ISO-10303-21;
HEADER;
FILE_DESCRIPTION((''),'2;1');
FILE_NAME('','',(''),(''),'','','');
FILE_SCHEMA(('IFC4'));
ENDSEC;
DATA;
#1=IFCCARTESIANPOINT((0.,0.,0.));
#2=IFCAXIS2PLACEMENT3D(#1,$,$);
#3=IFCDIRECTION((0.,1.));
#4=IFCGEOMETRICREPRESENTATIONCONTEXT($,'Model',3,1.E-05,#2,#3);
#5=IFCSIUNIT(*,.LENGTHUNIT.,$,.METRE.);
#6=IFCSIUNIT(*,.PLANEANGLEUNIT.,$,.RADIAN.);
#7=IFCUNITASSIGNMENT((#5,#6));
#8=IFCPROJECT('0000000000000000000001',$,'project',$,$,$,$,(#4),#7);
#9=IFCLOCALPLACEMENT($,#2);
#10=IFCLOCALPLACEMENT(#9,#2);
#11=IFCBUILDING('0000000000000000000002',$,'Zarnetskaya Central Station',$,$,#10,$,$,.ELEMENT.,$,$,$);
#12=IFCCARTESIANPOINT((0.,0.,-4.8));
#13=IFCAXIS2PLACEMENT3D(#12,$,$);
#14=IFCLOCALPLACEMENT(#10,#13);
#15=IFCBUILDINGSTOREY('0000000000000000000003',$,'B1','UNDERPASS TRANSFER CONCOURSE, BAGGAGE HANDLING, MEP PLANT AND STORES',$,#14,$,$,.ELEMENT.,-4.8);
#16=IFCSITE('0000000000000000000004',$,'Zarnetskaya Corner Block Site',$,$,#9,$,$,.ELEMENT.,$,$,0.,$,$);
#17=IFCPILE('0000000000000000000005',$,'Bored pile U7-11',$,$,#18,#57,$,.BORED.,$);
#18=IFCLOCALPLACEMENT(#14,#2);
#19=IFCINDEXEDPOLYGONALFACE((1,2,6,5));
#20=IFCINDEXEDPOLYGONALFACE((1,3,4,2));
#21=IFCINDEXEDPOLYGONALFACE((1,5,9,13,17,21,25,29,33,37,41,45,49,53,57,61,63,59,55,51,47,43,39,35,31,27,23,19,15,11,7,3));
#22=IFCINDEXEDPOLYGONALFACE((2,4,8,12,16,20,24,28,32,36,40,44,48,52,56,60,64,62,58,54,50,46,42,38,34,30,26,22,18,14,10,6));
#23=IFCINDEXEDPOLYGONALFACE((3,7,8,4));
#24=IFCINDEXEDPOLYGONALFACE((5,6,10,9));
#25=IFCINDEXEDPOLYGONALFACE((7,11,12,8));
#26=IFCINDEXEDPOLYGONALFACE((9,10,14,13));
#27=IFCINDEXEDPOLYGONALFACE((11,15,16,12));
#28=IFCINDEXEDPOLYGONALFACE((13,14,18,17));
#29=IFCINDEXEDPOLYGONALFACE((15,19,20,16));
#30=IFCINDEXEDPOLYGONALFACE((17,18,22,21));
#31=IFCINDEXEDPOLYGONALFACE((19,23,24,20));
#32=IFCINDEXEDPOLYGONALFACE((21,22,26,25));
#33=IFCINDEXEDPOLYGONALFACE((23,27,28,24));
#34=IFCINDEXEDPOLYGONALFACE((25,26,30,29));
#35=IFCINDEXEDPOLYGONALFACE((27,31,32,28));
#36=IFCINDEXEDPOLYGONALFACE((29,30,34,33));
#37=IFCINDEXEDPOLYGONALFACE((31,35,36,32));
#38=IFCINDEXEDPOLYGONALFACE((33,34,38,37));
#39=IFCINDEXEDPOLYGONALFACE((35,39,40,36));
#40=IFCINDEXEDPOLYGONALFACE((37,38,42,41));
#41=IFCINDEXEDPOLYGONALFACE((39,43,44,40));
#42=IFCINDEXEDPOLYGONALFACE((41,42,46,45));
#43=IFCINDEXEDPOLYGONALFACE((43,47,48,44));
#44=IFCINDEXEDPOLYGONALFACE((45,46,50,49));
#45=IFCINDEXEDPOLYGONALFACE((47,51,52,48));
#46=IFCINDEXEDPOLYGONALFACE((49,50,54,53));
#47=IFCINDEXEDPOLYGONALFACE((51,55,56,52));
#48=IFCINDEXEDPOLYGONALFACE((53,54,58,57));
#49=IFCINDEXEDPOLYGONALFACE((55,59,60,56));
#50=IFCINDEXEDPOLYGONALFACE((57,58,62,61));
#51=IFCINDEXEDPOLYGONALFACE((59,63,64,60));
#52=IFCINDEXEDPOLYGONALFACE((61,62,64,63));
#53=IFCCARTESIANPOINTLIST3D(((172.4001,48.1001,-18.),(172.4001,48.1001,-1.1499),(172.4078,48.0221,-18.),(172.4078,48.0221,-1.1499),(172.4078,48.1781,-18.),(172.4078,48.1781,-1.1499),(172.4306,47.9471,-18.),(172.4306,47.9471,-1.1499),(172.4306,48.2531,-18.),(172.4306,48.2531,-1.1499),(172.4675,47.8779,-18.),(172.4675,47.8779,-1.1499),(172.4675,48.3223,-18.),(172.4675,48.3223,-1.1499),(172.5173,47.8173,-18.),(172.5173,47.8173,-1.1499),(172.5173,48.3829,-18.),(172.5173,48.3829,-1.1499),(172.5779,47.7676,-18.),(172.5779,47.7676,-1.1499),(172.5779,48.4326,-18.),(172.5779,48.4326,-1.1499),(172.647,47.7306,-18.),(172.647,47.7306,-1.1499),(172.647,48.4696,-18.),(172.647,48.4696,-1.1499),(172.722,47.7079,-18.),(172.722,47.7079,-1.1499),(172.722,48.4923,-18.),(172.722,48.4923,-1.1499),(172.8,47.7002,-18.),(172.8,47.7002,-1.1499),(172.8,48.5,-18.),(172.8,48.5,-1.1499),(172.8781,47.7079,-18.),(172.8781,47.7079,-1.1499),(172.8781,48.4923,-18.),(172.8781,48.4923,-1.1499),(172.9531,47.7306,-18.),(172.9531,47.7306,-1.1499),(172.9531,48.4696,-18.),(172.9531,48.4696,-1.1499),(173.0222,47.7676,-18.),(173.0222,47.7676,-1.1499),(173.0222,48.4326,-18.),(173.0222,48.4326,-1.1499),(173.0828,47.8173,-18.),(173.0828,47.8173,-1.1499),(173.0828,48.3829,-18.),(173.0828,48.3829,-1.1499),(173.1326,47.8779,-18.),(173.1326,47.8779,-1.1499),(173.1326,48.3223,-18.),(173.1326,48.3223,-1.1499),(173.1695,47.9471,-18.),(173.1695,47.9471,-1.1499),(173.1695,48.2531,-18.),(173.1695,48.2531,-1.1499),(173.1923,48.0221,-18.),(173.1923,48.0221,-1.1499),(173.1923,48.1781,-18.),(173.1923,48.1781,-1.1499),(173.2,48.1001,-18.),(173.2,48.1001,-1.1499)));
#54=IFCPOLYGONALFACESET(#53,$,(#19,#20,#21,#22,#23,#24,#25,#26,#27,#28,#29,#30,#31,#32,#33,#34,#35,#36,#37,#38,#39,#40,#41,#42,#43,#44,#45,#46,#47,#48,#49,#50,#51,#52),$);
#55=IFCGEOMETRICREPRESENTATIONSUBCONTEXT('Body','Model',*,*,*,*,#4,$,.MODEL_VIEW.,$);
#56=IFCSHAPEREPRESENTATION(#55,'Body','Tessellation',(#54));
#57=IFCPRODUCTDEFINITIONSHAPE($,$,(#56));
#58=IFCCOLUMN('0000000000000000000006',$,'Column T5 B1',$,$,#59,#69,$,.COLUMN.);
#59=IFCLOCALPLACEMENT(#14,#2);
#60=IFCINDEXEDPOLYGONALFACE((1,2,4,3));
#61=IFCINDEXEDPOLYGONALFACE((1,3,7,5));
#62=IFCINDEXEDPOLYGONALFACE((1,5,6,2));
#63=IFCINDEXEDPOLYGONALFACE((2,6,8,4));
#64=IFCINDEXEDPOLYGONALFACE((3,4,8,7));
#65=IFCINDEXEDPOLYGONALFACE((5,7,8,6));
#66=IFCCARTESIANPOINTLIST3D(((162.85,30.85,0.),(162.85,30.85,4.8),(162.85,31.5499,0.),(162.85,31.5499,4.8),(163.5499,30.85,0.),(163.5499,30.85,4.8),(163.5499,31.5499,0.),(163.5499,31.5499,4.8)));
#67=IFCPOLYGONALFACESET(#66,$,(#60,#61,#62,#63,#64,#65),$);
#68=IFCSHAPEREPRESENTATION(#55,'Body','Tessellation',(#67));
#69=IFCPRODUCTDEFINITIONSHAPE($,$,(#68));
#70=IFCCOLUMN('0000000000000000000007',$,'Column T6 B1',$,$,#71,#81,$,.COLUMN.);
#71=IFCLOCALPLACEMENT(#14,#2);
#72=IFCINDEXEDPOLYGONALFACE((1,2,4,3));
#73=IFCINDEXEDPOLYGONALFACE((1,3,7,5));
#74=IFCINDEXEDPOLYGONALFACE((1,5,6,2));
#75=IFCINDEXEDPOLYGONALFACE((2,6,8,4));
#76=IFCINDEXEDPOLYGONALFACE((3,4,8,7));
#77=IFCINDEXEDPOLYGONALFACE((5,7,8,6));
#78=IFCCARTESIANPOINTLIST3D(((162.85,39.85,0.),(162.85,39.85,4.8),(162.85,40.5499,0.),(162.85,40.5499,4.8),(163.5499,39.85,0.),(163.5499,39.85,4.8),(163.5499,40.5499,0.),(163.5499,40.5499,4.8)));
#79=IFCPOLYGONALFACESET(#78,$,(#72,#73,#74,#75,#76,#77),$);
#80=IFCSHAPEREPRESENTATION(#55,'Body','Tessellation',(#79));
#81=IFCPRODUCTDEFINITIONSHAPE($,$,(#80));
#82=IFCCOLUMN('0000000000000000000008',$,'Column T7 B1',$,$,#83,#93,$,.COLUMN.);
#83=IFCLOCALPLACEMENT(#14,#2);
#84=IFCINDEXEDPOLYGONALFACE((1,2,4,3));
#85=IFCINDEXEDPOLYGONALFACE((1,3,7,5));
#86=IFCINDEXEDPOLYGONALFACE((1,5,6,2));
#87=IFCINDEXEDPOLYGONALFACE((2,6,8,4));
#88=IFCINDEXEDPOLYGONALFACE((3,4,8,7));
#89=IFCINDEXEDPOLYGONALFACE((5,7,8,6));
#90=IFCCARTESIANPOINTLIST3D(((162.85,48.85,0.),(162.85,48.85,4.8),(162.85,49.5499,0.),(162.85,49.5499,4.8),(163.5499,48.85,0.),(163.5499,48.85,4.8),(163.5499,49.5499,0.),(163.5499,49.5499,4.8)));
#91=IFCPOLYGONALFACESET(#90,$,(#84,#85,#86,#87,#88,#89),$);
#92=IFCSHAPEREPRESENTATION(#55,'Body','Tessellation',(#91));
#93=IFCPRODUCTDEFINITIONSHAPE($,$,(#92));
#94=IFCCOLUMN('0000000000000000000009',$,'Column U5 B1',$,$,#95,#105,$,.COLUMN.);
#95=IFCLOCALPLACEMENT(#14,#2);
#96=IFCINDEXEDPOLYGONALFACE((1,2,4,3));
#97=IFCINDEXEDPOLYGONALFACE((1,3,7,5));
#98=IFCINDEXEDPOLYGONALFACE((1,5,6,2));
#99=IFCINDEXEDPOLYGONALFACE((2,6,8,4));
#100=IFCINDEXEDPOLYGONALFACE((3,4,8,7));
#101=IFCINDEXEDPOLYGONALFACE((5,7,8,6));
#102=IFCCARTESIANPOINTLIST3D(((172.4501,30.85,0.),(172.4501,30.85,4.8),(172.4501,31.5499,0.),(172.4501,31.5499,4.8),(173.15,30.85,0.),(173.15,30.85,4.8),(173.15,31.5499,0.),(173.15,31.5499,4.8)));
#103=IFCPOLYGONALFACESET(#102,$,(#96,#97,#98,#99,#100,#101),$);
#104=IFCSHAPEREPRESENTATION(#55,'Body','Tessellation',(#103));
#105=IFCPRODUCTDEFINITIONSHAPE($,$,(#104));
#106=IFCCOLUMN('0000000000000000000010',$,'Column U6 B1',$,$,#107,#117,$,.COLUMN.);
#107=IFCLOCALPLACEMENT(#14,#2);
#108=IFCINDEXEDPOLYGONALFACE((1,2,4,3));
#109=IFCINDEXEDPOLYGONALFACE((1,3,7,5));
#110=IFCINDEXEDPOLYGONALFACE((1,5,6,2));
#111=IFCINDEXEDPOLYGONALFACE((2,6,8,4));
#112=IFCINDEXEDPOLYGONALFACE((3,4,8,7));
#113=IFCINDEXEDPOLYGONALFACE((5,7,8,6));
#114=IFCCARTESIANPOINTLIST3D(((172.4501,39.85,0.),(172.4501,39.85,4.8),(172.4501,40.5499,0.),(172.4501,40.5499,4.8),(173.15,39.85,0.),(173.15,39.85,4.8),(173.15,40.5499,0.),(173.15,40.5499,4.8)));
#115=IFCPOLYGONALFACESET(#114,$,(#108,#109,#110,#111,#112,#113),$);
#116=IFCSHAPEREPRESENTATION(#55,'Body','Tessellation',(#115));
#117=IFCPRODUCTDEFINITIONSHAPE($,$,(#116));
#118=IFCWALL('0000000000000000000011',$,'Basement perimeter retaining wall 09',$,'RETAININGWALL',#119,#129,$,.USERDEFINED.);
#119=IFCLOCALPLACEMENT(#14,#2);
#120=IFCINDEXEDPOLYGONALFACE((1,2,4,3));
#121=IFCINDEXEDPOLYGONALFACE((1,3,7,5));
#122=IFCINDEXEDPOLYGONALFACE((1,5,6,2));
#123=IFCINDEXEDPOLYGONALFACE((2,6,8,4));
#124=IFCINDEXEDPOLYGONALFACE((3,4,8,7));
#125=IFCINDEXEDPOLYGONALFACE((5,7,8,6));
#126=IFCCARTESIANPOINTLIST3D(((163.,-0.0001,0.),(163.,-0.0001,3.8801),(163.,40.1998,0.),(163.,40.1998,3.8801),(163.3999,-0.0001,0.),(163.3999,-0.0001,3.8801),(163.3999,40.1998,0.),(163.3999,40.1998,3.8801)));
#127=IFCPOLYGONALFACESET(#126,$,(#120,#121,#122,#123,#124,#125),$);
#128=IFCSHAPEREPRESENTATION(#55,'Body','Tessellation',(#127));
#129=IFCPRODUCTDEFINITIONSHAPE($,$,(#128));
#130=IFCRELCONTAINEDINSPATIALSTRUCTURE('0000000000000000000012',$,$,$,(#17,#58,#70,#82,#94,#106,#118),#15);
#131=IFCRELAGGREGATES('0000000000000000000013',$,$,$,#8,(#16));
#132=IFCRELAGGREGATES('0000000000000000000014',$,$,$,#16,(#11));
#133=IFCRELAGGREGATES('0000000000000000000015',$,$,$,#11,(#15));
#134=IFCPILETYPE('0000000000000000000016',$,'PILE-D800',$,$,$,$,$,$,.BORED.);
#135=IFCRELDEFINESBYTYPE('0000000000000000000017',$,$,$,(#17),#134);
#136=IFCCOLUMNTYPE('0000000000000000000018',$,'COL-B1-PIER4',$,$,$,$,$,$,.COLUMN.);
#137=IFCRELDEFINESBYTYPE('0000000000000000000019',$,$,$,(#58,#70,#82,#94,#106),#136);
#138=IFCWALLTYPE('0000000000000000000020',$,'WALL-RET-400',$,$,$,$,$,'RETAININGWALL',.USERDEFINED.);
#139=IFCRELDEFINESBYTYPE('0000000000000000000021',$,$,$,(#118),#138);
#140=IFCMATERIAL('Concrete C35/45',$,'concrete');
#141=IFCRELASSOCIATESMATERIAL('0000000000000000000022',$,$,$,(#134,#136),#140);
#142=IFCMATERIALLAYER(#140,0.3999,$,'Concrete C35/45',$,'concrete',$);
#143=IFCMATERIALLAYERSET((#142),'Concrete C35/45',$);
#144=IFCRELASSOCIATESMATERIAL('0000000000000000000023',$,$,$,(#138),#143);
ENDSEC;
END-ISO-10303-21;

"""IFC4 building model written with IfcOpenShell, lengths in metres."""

from ifc_helpers import new_model, si_unit, direction, frame, frame_2d, origin, origin_2d, place, context, subcontext, project, spatial, rectangle, circle, extrude, material, layer, layer_set, material_profile, profile_set, type_object, element, save


model = new_model("IFC4")

# Units and contexts
model_context = context("Model", 3, precision=1e-05, world=origin(), true_north=direction((0.0, 1.0)))
body_context = subcontext(model_context, "Body", "Model", "MODEL_VIEW")
ifc_project = project(units=[si_unit("LENGTHUNIT", "METRE"), si_unit("PLANEANGLEUNIT", "RADIAN")], contexts=[model_context])

# Site, building, storey
site_placement = place(None, origin())
site = spatial("IfcSite", under=ifc_project, at=site_placement, Name="Zarnetskaya Corner Block Site", CompositionType="ELEMENT", RefElevation=0.0)
building_placement = place(site_placement, origin())
building = spatial("IfcBuilding", under=site, at=building_placement, Name="Zarnetskaya Central Station", CompositionType="ELEMENT")
storey_placement = place(building_placement, frame((0.0, 0.0, -4.8)))
storey = spatial("IfcBuildingStorey", under=building, at=storey_placement, Name="B1", Description="UNDERPASS TRANSFER CONCOURSE, BAGGAGE HANDLING, MEP PLANT AND STORES", CompositionType="ELEMENT", Elevation=-4.8)

# Shared definitions
ifc_material = material(Name="Concrete C35/45", Category="concrete")

# Pile
ifc_material_profile_1 = material_profile(ifc_material, circle(Radius=0.3999, at=origin_2d()), Name="BORED PILE D800")
ifc_profile_set_1 = profile_set([ifc_material_profile_1], Name="Concrete C35/45")
pile_type = type_object("IfcPileType", Name="PILE-D800", PredefinedType="BORED", material=ifc_profile_set_1)
for number, where, z_axis, x_axis, name in (
    (1, (172.8, 48.1001, -1.1499), (0.0, 0.0, -1.0), (1.0, 0.0, 0.0), "Bored pile U7-11"),
):
    element("IfcPile", number, at=place(storey_placement, frame(where, z_axis=z_axis, x_axis=x_axis)), inside=storey, type_object=pile_type, Name=name, PredefinedType="BORED", context=body_context, shape_type="SweptSolid", body=[
        extrude(circle(Radius=0.3999, at=origin_2d()), origin(), (0.0, 0.0, 1.0), 16.8501),
    ])

# Columns
ifc_material_profile_2 = material_profile(ifc_material, rectangle(XDim=0.7, YDim=0.7, at=origin_2d()), Name="RC 700x700")
ifc_profile_set_2 = profile_set([ifc_material_profile_2], Name="Concrete C35/45")
column_type = type_object("IfcColumnType", Name="COL-B1-PIER4", PredefinedType="COLUMN", material=ifc_profile_set_2)
for number, where, z_axis, x_axis, name in (
    (2, (163.2, 31.2, 0.0), (0.0, 0.0, 1.0), (1.0, 0.0, 0.0), "Column T5 B1"),
    (3, (163.2, 40.2, 0.0), (0.0, 0.0, 1.0), (1.0, 0.0, 0.0), "Column T6 B1"),
    (4, (163.2, 49.2, 0.0), (0.0, 0.0, 1.0), (1.0, 0.0, 0.0), "Column T7 B1"),
    (5, (172.8, 31.2, 0.0), (0.0, 0.0, 1.0), (1.0, 0.0, 0.0), "Column U5 B1"),
    (6, (172.8, 40.2, 0.0), (0.0, 0.0, 1.0), (1.0, 0.0, 0.0), "Column U6 B1"),
):
    element("IfcColumn", number, at=place(storey_placement, frame(where, z_axis=z_axis, x_axis=x_axis)), inside=storey, type_object=column_type, Name=name, PredefinedType="COLUMN", context=body_context, shape_type="SweptSolid", body=[
        extrude(rectangle(XDim=0.7, YDim=0.7, at=origin_2d()), origin(), (0.0, 0.0, 1.0), 4.8),
    ])

# Wall
ifc_layer = layer(ifc_material, 0.3999, Name="Concrete C35/45", Category="concrete")
ifc_layer_set = layer_set([ifc_layer], Name="Concrete C35/45")
wall_type = type_object("IfcWallType", Name="WALL-RET-400", ElementType="RETAININGWALL", PredefinedType="USERDEFINED", material=ifc_layer_set)
wall_placement = place(storey_placement, frame((163.2, 40.2, 0.0), z_axis=(0.0, 0.0, 1.0), x_axis=(0.0, -1.0, 0.0)))
element("IfcWall", 7, at=wall_placement, inside=storey, type_object=wall_type, Name="Basement perimeter retaining wall 09", ObjectType="RETAININGWALL", PredefinedType="USERDEFINED", context=body_context, shape_type="SweptSolid", body=[
    extrude(rectangle(XDim=40.2, YDim=0.3999, at=frame_2d((20.1001, 0.0))), origin(), (0.0, 0.0, 1.0), 3.8801),
])

save(model, "model.ifc")
